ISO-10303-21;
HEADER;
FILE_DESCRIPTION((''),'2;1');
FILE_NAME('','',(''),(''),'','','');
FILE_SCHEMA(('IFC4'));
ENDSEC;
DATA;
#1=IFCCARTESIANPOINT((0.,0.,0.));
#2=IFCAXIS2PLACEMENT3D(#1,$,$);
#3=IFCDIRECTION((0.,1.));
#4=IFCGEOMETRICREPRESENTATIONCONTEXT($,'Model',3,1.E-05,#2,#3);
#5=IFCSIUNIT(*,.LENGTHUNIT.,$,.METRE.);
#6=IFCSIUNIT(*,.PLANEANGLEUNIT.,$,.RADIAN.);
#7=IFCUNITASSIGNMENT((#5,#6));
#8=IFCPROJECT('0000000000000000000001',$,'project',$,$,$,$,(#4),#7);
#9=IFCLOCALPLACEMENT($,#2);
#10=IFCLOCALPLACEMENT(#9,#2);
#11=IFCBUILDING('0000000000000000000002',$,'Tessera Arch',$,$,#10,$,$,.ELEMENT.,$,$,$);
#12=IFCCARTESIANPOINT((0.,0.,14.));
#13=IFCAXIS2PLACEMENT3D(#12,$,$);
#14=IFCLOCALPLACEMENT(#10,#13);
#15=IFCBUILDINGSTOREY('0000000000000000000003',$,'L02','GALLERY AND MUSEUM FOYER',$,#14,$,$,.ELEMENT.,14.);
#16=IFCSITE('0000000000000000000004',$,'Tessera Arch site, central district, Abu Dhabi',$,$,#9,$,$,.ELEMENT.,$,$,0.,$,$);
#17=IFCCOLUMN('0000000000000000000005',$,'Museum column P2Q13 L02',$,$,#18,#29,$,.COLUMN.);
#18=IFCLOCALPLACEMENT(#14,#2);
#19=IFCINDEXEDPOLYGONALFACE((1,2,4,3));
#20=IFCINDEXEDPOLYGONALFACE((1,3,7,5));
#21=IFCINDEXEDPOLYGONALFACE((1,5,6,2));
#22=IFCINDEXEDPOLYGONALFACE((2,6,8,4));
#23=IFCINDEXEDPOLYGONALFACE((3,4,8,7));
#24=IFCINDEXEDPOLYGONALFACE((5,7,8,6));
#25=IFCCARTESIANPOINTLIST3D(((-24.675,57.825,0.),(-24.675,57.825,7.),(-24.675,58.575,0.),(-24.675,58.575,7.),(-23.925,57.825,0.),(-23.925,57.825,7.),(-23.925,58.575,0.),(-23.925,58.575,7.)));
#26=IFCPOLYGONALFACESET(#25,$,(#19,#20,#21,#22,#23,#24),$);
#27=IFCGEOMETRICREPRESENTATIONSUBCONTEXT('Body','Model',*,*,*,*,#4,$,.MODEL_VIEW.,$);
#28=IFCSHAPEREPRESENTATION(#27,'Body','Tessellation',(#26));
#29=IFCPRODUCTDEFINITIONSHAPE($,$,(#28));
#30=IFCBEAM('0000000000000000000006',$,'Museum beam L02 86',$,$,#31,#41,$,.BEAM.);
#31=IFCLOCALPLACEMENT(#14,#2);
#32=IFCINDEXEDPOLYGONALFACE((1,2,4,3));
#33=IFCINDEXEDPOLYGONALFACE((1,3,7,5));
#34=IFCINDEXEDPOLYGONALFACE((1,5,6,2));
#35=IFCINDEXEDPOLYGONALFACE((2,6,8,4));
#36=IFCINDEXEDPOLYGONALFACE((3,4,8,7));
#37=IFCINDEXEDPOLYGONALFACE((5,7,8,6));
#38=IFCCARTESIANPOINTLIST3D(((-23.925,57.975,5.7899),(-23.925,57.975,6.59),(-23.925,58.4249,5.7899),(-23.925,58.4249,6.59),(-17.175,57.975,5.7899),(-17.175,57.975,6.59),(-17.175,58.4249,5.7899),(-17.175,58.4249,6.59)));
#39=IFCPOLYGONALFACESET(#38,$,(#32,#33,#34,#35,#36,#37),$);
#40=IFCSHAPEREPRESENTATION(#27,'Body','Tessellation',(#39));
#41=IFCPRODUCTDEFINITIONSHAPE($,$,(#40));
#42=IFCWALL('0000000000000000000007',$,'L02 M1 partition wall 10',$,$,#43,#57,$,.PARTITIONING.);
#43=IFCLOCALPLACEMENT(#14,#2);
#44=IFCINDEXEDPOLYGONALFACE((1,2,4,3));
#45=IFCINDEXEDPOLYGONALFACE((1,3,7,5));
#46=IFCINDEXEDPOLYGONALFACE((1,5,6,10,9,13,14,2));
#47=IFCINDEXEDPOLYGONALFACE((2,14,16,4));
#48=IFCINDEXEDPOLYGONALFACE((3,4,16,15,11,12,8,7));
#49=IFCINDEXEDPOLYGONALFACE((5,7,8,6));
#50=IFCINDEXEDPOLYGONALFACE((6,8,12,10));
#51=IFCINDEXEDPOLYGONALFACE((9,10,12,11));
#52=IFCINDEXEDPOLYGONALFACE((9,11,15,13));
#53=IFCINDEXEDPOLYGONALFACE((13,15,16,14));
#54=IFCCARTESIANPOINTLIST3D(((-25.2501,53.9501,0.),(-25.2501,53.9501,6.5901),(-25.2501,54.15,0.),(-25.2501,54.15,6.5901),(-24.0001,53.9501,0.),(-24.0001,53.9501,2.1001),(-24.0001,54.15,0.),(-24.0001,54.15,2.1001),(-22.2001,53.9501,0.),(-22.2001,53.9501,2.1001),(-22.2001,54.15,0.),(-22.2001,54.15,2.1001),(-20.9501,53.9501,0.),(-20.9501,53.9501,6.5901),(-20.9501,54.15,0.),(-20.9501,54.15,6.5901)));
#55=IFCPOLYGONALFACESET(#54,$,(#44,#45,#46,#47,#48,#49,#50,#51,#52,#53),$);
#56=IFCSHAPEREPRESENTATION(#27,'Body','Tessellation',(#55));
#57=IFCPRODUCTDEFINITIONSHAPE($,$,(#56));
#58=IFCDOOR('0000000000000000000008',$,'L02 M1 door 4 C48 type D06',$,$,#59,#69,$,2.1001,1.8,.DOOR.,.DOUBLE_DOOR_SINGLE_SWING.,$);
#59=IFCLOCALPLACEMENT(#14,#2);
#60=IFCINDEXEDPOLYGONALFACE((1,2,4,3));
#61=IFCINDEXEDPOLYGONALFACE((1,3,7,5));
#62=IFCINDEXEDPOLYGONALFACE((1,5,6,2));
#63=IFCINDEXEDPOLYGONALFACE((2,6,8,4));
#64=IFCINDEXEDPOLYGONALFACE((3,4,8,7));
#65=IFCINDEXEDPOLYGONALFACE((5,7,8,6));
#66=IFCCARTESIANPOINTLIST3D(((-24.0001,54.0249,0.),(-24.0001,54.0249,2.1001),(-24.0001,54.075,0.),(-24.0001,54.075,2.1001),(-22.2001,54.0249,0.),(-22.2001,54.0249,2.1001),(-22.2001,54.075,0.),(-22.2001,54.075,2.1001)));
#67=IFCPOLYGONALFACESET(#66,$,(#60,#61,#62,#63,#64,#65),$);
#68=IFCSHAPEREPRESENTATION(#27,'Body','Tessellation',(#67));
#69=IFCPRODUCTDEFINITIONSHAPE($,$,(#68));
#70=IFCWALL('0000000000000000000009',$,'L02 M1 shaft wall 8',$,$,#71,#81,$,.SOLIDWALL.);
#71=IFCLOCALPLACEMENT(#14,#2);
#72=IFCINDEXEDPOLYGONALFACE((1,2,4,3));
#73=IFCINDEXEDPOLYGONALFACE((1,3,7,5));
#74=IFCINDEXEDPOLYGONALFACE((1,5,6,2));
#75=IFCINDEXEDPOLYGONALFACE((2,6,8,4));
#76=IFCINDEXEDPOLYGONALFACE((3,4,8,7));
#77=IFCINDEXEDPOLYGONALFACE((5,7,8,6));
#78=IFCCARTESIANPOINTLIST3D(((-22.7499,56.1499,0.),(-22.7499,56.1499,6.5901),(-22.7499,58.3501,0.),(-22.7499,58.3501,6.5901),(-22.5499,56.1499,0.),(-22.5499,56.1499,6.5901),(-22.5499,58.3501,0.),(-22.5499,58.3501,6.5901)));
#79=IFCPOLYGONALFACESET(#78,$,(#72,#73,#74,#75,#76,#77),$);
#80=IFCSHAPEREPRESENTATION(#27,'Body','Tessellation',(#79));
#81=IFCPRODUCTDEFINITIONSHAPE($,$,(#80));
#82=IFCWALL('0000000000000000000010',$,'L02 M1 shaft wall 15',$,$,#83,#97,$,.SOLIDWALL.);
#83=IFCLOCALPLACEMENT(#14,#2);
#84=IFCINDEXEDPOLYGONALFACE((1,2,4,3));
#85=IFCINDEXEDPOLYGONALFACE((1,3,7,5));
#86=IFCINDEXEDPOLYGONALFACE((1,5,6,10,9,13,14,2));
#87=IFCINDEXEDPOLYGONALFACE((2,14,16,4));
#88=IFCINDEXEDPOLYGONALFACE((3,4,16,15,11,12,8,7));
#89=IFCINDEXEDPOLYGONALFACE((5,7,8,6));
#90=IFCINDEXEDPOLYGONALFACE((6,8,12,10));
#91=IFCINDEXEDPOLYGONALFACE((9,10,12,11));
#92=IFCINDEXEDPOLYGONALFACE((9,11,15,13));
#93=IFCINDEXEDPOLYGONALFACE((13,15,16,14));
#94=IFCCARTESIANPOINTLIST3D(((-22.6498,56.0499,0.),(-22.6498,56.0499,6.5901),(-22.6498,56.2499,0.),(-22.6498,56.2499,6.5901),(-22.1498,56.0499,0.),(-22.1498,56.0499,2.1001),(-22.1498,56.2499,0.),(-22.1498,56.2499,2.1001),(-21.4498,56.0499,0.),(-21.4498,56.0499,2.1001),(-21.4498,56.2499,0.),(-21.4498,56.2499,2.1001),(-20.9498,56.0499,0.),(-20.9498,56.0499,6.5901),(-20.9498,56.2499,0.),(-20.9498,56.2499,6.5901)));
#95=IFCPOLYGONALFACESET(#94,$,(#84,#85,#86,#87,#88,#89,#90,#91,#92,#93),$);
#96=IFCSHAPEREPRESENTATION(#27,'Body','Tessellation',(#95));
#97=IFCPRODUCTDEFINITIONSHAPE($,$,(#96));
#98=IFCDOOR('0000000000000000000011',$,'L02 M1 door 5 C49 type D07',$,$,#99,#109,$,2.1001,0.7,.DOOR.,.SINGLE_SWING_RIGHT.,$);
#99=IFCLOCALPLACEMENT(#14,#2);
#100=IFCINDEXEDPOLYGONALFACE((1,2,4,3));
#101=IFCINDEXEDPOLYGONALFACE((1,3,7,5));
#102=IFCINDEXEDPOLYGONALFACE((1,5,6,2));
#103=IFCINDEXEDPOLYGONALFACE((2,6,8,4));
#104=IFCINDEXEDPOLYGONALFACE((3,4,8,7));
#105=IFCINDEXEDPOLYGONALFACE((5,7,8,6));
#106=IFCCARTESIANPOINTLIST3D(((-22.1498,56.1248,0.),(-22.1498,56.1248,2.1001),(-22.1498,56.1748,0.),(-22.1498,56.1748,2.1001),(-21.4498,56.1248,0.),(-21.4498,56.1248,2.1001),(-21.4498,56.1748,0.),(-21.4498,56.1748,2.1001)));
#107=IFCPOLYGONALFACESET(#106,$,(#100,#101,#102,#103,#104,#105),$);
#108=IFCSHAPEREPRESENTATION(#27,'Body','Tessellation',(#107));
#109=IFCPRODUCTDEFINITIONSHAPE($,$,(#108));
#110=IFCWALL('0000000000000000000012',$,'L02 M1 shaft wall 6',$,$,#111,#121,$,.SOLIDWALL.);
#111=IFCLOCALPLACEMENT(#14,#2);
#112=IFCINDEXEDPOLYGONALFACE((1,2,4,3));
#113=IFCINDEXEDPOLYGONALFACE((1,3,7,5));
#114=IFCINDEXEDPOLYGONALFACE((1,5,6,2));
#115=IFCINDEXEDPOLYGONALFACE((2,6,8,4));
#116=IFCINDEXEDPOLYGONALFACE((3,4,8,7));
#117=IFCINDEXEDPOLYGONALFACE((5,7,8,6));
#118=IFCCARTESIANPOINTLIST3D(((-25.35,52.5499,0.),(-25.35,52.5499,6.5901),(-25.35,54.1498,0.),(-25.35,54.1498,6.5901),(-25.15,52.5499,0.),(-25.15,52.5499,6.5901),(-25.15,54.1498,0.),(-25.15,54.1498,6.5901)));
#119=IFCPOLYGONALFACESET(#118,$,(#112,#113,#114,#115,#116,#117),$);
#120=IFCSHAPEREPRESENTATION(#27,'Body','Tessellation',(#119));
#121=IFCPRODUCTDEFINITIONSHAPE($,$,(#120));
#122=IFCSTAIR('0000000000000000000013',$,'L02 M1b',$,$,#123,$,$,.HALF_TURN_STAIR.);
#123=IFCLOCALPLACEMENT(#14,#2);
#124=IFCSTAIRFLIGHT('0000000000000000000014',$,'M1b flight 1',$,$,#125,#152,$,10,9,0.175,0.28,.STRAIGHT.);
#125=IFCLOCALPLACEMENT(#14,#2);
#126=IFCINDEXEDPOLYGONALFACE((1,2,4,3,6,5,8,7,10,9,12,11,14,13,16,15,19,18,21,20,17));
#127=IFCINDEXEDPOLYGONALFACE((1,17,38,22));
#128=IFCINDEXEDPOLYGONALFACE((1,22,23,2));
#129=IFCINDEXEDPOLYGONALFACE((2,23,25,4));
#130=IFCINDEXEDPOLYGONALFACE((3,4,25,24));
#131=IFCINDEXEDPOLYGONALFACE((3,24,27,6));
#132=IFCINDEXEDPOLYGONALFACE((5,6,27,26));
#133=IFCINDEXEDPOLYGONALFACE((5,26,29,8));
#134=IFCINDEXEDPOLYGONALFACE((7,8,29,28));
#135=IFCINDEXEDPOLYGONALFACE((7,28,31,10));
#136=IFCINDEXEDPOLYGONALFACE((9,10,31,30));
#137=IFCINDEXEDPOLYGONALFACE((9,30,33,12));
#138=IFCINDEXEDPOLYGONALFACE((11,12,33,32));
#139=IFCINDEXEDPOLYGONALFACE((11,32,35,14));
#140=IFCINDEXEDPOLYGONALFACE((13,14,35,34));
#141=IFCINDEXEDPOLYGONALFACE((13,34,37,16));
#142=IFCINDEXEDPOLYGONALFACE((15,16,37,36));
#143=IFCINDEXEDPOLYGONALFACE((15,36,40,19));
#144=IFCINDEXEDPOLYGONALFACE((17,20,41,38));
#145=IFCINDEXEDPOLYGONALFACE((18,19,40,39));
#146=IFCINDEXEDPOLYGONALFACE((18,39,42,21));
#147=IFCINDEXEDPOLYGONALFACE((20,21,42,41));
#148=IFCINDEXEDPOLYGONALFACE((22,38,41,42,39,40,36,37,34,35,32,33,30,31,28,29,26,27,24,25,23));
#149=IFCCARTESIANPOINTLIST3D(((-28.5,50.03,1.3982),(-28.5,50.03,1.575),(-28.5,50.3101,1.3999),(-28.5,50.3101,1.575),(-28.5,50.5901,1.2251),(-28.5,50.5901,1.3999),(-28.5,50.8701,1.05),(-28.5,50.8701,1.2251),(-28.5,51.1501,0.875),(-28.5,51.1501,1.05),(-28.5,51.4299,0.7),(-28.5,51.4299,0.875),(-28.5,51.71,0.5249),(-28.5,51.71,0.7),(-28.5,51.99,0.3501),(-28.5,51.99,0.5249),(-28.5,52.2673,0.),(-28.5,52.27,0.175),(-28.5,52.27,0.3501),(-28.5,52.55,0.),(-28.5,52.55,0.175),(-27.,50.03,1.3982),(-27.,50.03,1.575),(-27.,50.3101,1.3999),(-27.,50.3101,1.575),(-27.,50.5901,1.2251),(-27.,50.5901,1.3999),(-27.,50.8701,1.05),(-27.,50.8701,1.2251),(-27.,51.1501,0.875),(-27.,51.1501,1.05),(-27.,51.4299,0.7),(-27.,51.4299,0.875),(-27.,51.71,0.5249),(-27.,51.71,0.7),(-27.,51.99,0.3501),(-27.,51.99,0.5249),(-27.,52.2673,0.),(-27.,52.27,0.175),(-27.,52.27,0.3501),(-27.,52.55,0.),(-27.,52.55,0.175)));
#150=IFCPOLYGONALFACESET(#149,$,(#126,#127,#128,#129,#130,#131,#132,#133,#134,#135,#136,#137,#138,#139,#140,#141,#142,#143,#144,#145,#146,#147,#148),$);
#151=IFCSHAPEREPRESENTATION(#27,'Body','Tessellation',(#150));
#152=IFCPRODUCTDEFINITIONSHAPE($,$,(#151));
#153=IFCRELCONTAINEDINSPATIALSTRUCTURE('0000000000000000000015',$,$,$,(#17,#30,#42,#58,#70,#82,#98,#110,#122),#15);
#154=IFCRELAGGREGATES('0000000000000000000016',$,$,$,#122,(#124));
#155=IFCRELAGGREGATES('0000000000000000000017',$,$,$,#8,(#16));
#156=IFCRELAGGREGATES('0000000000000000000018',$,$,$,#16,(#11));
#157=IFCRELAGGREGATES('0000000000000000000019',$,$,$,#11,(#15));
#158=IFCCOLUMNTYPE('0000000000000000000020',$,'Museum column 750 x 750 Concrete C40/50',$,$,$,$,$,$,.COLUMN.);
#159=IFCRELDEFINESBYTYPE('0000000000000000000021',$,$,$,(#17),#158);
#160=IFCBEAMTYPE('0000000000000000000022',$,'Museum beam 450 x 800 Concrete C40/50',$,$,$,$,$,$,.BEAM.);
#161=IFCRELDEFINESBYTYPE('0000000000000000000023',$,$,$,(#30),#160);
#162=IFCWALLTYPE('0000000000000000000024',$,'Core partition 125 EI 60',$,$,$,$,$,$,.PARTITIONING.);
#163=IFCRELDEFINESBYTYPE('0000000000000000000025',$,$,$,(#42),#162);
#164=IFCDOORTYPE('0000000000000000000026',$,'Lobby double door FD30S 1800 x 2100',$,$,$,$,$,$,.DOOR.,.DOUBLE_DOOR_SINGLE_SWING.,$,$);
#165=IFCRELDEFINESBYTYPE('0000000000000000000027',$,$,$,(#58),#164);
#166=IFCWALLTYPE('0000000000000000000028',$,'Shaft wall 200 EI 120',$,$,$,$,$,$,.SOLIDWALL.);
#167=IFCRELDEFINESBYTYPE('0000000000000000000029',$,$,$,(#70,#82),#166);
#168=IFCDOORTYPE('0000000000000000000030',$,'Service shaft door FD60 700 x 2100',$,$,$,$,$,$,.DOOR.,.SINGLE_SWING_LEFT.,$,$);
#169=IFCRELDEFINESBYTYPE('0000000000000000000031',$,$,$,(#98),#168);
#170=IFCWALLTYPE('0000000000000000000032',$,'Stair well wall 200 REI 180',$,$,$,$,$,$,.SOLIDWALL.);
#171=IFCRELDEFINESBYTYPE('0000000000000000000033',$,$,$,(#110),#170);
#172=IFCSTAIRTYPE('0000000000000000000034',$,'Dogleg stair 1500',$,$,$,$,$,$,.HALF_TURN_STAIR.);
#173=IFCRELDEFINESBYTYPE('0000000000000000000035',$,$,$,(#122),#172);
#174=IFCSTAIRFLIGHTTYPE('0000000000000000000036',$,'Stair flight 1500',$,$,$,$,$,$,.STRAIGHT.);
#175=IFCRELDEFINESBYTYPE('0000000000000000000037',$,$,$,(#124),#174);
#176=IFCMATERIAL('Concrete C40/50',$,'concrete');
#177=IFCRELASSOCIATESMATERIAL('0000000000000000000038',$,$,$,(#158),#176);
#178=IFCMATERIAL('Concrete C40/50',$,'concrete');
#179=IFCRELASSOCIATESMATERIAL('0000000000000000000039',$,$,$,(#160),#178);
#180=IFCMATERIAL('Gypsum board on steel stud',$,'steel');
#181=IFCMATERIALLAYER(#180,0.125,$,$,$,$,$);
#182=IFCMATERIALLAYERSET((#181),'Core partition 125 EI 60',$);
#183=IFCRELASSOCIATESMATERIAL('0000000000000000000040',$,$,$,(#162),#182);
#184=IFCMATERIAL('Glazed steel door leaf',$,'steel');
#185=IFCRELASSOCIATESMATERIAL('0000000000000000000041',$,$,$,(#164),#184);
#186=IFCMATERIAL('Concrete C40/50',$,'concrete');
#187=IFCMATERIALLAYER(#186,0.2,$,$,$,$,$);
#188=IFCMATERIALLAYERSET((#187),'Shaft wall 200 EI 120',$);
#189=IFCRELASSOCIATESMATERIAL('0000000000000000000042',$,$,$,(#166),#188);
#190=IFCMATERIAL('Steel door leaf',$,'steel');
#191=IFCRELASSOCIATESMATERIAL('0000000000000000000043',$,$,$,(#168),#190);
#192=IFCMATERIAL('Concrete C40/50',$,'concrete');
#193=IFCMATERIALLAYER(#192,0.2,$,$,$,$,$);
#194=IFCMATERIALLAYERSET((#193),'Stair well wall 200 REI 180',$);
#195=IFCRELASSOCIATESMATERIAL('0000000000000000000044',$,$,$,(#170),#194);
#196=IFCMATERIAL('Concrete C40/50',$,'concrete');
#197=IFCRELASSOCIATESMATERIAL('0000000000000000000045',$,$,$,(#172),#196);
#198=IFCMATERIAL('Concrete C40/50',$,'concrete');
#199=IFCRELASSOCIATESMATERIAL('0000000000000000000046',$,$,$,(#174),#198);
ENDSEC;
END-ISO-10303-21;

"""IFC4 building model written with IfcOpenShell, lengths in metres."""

from ifc_helpers import new_model, si_unit, direction, frame, frame_2d, origin, origin_2d, place, context, subcontext, project, spatial, polyline, rectangle, outline, extrude, material, layer, layer_set, material_profile, profile_set, type_object, element, fill, aggregate, save


model = new_model("IFC4")

# Units and contexts
model_context = context("Model", 3, precision=1e-05, world=origin(), true_north=direction((0.0, 1.0)))
body_context = subcontext(model_context, "Body", "Model", "MODEL_VIEW")
ifc_project = project(units=[si_unit("LENGTHUNIT", "METRE"), si_unit("PLANEANGLEUNIT", "RADIAN")], contexts=[model_context])

# Site, building, storey
site_placement = place(None, origin())
site = spatial("IfcSite", under=ifc_project, at=site_placement, Name="Tessera Arch site, central district, Abu Dhabi", CompositionType="ELEMENT", RefElevation=0.0)
building_placement = place(site_placement, origin())
building = spatial("IfcBuilding", under=site, at=building_placement, Name="Tessera Arch", CompositionType="ELEMENT")
storey_placement = place(building_placement, frame((0.0, 0.0, 14.0)))
storey = spatial("IfcBuildingStorey", under=building, at=storey_placement, Name="L02", Description="GALLERY AND MUSEUM FOYER", CompositionType="ELEMENT", Elevation=14.0)

# Column
ifc_material_1 = material(Name="Concrete C40/50", Category="concrete")
ifc_material_profile_1 = material_profile(ifc_material_1, rectangle(XDim=0.75, YDim=0.75, at=origin_2d()), Name="Museum column 750 x 750 Concrete C40/50")
ifc_profile_set_1 = profile_set([ifc_material_profile_1], Name="Concrete C40/50")
column_type = type_object("IfcColumnType", Name="Museum column 750 x 750 Concrete C40/50", PredefinedType="COLUMN", material=ifc_profile_set_1)
column_placement = place(storey_placement, frame((-24.3, 58.2, 0.0), z_axis=(0.0, 0.0, 1.0), x_axis=(1.0, 0.0, 0.0)))
element("IfcColumn", 1, at=column_placement, inside=storey, type_object=column_type, Name="Museum column P2Q13 L02", PredefinedType="COLUMN", context=body_context, shape_type="SweptSolid", body=[
    extrude(rectangle(XDim=0.75, YDim=0.75, at=origin_2d()), origin(), (0.0, 0.0, 1.0), 7.0),
])

# Beam
ifc_material_2 = material(Name="Concrete C40/50", Category="concrete")
ifc_material_profile_2 = material_profile(ifc_material_2, rectangle(XDim=0.45, YDim=0.8, at=origin_2d()), Name="Museum beam 450 x 800 Concrete C40/50")
ifc_profile_set_2 = profile_set([ifc_material_profile_2], Name="Concrete C40/50")
beam_type = type_object("IfcBeamType", Name="Museum beam 450 x 800 Concrete C40/50", PredefinedType="BEAM", material=ifc_profile_set_2)
beam_placement = place(storey_placement, frame((-23.925, 58.2, 6.1899), z_axis=(1.0, 0.0, 0.0), x_axis=(0.0, 1.0, 0.0)))
element("IfcBeam", 2, at=beam_placement, inside=storey, type_object=beam_type, Name="Museum beam L02 86", PredefinedType="BEAM", context=body_context, shape_type="SweptSolid", body=[
    extrude(rectangle(XDim=0.45, YDim=0.8, at=origin_2d()), origin(), (0.0, 0.0, 1.0), 6.75),
])

# Wall, opening, door
ifc_material_3 = material(Name="Gypsum board on steel stud", Category="steel")
ifc_layer_1 = layer(ifc_material_3, 0.125)
ifc_layer_set_1 = layer_set([ifc_layer_1], Name="Core partition 125 EI 60")
wall_type_1 = type_object("IfcWallType", Name="Core partition 125 EI 60", PredefinedType="PARTITIONING", material=ifc_layer_set_1)
wall_1_placement = place(storey_placement, frame((-25.25, 54.05, 0.0), z_axis=(0.0, 0.0, 1.0), x_axis=(1.0, 0.0, 0.0)))
wall_1 = element("IfcWall", 3, at=wall_1_placement, inside=storey, type_object=wall_type_1, Name="L02 M1 partition wall 10", PredefinedType="PARTITIONING", context=body_context, shape_type="SweptSolid", body=[
    extrude(rectangle(XDim=4.3, YDim=0.2, at=frame_2d((2.1499, 0.0))), origin(), (0.0, 0.0, 1.0), 6.5901),
])
opening_1_placement = place(wall_1_placement, frame((1.25, 0.0, 0.0)))
opening_1 = element("IfcOpeningElement", 4, at=opening_1_placement, cuts=wall_1, PredefinedType="OPENING", context=body_context, shape_type="SweptSolid", body=[
    extrude(rectangle(XDim=1.8, YDim=2.1001, at=frame_2d((0.8999, 1.05))), frame((0.0, 0.1099, 0.0), z_axis=(0.0, -1.0, 0.0), x_axis=(1.0, 0.0, 0.0)), (0.0, 0.0, 1.0), 0.22),
])
ifc_material_4 = material(Name="Glazed steel door leaf", Category="steel")
door_type_1 = type_object("IfcDoorType", Name="Lobby double door FD30S 1800 x 2100", OperationType="DOUBLE_DOOR_SINGLE_SWING", PredefinedType="DOOR", material=ifc_material_4)
door_1_placement = place(opening_1_placement, origin())
door_1 = element("IfcDoor", 5, at=door_1_placement, inside=storey, type_object=door_type_1, Name="L02 M1 door 4 C48 type D06", OperationType="DOUBLE_DOOR_SINGLE_SWING", OverallHeight=2.1001, OverallWidth=1.8, PredefinedType="DOOR", context=body_context, shape_type="SweptSolid", body=[
    extrude(rectangle(XDim=1.8, YDim=2.1001, at=frame_2d((0.8999, 1.05))), frame((0.0, 0.0249, 0.0), z_axis=(0.0, -1.0, 0.0), x_axis=(1.0, 0.0, 0.0)), (0.0, 0.0, 1.0), 0.05),
])
fill(opening_1, door_1)

# Wall
ifc_material_5 = material(Name="Concrete C40/50", Category="concrete")
ifc_layer_2 = layer(ifc_material_5, 0.2)
ifc_layer_set_2 = layer_set([ifc_layer_2], Name="Shaft wall 200 EI 120")
wall_type_2 = type_object("IfcWallType", Name="Shaft wall 200 EI 120", PredefinedType="SOLIDWALL", material=ifc_layer_set_2)
wall_2_placement = place(storey_placement, frame((-22.6499, 56.1499, 0.0), z_axis=(0.0, 0.0, 1.0), x_axis=(0.0, 1.0, 0.0)))
element("IfcWall", 6, at=wall_2_placement, inside=storey, type_object=wall_type_2, Name="L02 M1 shaft wall 8", PredefinedType="SOLIDWALL", context=body_context, shape_type="SweptSolid", body=[
    extrude(rectangle(XDim=2.2002, YDim=0.2, at=frame_2d((1.1001, 0.0))), origin(), (0.0, 0.0, 1.0), 6.5901),
])

# Wall, opening, door
wall_3_placement = place(storey_placement, frame((-22.6499, 56.1499, 0.0), z_axis=(0.0, 0.0, 1.0), x_axis=(1.0, 0.0, 0.0)))
wall_3 = element("IfcWall", 7, at=wall_3_placement, inside=storey, type_object=wall_type_2, Name="L02 M1 shaft wall 15", PredefinedType="SOLIDWALL", context=body_context, shape_type="SweptSolid", body=[
    extrude(rectangle(XDim=1.7, YDim=0.2, at=frame_2d((0.8501, 0.0))), origin(), (0.0, 0.0, 1.0), 6.5901),
])
opening_2_placement = place(wall_3_placement, frame((0.5, 0.0, 0.0)))
opening_2 = element("IfcOpeningElement", 8, at=opening_2_placement, cuts=wall_3, PredefinedType="OPENING", context=body_context, shape_type="SweptSolid", body=[
    extrude(rectangle(XDim=0.7, YDim=2.1001, at=frame_2d((0.3501, 1.05))), frame((0.0, 0.1099, 0.0), z_axis=(0.0, -1.0, 0.0), x_axis=(1.0, 0.0, 0.0)), (0.0, 0.0, 1.0), 0.22),
])
ifc_material_6 = material(Name="Steel door leaf", Category="steel")
door_type_2 = type_object("IfcDoorType", Name="Service shaft door FD60 700 x 2100", OperationType="SINGLE_SWING_LEFT", PredefinedType="DOOR", material=ifc_material_6)
door_2_placement = place(opening_2_placement, origin())
door_2 = element("IfcDoor", 9, at=door_2_placement, inside=storey, type_object=door_type_2, Name="L02 M1 door 5 C49 type D07", OperationType="SINGLE_SWING_RIGHT", OverallHeight=2.1001, OverallWidth=0.7, PredefinedType="DOOR", context=body_context, shape_type="SweptSolid", body=[
    extrude(rectangle(XDim=0.7, YDim=2.1001, at=frame_2d((0.3501, 1.05))), frame((0.0, 0.0249, 0.0), z_axis=(0.0, -1.0, 0.0), x_axis=(1.0, 0.0, 0.0)), (0.0, 0.0, 1.0), 0.05),
])
fill(opening_2, door_2)

# Wall
ifc_material_7 = material(Name="Concrete C40/50", Category="concrete")
ifc_layer_3 = layer(ifc_material_7, 0.2)
ifc_layer_set_3 = layer_set([ifc_layer_3], Name="Stair well wall 200 REI 180")
wall_type_3 = type_object("IfcWallType", Name="Stair well wall 200 REI 180", PredefinedType="SOLIDWALL", material=ifc_layer_set_3)
wall_4_placement = place(storey_placement, frame((-25.25, 52.55, 0.0), z_axis=(0.0, 0.0, 1.0), x_axis=(0.0, 1.0, 0.0)))
element("IfcWall", 10, at=wall_4_placement, inside=storey, type_object=wall_type_3, Name="L02 M1 shaft wall 6", PredefinedType="SOLIDWALL", context=body_context, shape_type="SweptSolid", body=[
    extrude(rectangle(XDim=1.5999, YDim=0.2, at=frame_2d((0.7998, 0.0))), origin(), (0.0, 0.0, 1.0), 6.5901),
])

# Stair, stair flight
ifc_material_8 = material(Name="Concrete C40/50", Category="concrete")
stair_type = type_object("IfcStairType", Name="Dogleg stair 1500", PredefinedType="HALF_TURN_STAIR", material=ifc_material_8)
stair_placement = place(storey_placement, origin())
stair = element("IfcStair", 11, at=stair_placement, inside=storey, type_object=stair_type, Name="L02 M1b", PredefinedType="HALF_TURN_STAIR")
ifc_material_9 = material(Name="Concrete C40/50", Category="concrete")
stair_flight_type = type_object("IfcStairFlightType", Name="Stair flight 1500", PredefinedType="STRAIGHT", material=ifc_material_9)
stair_flight_1_placement = place(storey_placement, frame((-27.75, 52.55, 0.0), z_axis=(0.0, 0.0, 1.0), x_axis=(0.0, -1.0, 0.0)))
stair_flight_1 = element("IfcStairFlight", 12, at=stair_flight_1_placement, type_object=stair_flight_type, Name="M1b flight 1", NumberOfRisers=10, NumberOfTreads=9, PredefinedType="STRAIGHT", RiserHeight=0.175, TreadLength=0.28, context=body_context, shape_type="SweptSolid", body=[
    extrude(outline(polyline([(0.0, 0.0), (0.0, 0.175), (0.28, 0.175), (0.28, 0.3501), (0.5601, 0.3501), (0.5601, 0.5249), (0.8401, 0.5249), (0.8401, 0.7), (1.1201, 0.7), (1.1201, 0.875), (1.3999, 0.875), (1.3999, 1.05), (1.6799, 1.05), (1.6799, 1.2251), (1.96, 1.2251), (1.96, 1.3999), (2.24, 1.3999), (2.24, 1.575), (2.52, 1.575), (2.52, 1.75), (2.52, 1.3982), (0.2827, 0.0), (0.0, 0.0)])), frame((0.0, 0.75, 0.0), z_axis=(0.0, -1.0, 0.0), x_axis=(1.0, 0.0, 0.0)), (0.0, 0.0, 1.0), 1.5),
])
aggregate(stair, [stair_flight_1])

save(model, "model.ifc")
